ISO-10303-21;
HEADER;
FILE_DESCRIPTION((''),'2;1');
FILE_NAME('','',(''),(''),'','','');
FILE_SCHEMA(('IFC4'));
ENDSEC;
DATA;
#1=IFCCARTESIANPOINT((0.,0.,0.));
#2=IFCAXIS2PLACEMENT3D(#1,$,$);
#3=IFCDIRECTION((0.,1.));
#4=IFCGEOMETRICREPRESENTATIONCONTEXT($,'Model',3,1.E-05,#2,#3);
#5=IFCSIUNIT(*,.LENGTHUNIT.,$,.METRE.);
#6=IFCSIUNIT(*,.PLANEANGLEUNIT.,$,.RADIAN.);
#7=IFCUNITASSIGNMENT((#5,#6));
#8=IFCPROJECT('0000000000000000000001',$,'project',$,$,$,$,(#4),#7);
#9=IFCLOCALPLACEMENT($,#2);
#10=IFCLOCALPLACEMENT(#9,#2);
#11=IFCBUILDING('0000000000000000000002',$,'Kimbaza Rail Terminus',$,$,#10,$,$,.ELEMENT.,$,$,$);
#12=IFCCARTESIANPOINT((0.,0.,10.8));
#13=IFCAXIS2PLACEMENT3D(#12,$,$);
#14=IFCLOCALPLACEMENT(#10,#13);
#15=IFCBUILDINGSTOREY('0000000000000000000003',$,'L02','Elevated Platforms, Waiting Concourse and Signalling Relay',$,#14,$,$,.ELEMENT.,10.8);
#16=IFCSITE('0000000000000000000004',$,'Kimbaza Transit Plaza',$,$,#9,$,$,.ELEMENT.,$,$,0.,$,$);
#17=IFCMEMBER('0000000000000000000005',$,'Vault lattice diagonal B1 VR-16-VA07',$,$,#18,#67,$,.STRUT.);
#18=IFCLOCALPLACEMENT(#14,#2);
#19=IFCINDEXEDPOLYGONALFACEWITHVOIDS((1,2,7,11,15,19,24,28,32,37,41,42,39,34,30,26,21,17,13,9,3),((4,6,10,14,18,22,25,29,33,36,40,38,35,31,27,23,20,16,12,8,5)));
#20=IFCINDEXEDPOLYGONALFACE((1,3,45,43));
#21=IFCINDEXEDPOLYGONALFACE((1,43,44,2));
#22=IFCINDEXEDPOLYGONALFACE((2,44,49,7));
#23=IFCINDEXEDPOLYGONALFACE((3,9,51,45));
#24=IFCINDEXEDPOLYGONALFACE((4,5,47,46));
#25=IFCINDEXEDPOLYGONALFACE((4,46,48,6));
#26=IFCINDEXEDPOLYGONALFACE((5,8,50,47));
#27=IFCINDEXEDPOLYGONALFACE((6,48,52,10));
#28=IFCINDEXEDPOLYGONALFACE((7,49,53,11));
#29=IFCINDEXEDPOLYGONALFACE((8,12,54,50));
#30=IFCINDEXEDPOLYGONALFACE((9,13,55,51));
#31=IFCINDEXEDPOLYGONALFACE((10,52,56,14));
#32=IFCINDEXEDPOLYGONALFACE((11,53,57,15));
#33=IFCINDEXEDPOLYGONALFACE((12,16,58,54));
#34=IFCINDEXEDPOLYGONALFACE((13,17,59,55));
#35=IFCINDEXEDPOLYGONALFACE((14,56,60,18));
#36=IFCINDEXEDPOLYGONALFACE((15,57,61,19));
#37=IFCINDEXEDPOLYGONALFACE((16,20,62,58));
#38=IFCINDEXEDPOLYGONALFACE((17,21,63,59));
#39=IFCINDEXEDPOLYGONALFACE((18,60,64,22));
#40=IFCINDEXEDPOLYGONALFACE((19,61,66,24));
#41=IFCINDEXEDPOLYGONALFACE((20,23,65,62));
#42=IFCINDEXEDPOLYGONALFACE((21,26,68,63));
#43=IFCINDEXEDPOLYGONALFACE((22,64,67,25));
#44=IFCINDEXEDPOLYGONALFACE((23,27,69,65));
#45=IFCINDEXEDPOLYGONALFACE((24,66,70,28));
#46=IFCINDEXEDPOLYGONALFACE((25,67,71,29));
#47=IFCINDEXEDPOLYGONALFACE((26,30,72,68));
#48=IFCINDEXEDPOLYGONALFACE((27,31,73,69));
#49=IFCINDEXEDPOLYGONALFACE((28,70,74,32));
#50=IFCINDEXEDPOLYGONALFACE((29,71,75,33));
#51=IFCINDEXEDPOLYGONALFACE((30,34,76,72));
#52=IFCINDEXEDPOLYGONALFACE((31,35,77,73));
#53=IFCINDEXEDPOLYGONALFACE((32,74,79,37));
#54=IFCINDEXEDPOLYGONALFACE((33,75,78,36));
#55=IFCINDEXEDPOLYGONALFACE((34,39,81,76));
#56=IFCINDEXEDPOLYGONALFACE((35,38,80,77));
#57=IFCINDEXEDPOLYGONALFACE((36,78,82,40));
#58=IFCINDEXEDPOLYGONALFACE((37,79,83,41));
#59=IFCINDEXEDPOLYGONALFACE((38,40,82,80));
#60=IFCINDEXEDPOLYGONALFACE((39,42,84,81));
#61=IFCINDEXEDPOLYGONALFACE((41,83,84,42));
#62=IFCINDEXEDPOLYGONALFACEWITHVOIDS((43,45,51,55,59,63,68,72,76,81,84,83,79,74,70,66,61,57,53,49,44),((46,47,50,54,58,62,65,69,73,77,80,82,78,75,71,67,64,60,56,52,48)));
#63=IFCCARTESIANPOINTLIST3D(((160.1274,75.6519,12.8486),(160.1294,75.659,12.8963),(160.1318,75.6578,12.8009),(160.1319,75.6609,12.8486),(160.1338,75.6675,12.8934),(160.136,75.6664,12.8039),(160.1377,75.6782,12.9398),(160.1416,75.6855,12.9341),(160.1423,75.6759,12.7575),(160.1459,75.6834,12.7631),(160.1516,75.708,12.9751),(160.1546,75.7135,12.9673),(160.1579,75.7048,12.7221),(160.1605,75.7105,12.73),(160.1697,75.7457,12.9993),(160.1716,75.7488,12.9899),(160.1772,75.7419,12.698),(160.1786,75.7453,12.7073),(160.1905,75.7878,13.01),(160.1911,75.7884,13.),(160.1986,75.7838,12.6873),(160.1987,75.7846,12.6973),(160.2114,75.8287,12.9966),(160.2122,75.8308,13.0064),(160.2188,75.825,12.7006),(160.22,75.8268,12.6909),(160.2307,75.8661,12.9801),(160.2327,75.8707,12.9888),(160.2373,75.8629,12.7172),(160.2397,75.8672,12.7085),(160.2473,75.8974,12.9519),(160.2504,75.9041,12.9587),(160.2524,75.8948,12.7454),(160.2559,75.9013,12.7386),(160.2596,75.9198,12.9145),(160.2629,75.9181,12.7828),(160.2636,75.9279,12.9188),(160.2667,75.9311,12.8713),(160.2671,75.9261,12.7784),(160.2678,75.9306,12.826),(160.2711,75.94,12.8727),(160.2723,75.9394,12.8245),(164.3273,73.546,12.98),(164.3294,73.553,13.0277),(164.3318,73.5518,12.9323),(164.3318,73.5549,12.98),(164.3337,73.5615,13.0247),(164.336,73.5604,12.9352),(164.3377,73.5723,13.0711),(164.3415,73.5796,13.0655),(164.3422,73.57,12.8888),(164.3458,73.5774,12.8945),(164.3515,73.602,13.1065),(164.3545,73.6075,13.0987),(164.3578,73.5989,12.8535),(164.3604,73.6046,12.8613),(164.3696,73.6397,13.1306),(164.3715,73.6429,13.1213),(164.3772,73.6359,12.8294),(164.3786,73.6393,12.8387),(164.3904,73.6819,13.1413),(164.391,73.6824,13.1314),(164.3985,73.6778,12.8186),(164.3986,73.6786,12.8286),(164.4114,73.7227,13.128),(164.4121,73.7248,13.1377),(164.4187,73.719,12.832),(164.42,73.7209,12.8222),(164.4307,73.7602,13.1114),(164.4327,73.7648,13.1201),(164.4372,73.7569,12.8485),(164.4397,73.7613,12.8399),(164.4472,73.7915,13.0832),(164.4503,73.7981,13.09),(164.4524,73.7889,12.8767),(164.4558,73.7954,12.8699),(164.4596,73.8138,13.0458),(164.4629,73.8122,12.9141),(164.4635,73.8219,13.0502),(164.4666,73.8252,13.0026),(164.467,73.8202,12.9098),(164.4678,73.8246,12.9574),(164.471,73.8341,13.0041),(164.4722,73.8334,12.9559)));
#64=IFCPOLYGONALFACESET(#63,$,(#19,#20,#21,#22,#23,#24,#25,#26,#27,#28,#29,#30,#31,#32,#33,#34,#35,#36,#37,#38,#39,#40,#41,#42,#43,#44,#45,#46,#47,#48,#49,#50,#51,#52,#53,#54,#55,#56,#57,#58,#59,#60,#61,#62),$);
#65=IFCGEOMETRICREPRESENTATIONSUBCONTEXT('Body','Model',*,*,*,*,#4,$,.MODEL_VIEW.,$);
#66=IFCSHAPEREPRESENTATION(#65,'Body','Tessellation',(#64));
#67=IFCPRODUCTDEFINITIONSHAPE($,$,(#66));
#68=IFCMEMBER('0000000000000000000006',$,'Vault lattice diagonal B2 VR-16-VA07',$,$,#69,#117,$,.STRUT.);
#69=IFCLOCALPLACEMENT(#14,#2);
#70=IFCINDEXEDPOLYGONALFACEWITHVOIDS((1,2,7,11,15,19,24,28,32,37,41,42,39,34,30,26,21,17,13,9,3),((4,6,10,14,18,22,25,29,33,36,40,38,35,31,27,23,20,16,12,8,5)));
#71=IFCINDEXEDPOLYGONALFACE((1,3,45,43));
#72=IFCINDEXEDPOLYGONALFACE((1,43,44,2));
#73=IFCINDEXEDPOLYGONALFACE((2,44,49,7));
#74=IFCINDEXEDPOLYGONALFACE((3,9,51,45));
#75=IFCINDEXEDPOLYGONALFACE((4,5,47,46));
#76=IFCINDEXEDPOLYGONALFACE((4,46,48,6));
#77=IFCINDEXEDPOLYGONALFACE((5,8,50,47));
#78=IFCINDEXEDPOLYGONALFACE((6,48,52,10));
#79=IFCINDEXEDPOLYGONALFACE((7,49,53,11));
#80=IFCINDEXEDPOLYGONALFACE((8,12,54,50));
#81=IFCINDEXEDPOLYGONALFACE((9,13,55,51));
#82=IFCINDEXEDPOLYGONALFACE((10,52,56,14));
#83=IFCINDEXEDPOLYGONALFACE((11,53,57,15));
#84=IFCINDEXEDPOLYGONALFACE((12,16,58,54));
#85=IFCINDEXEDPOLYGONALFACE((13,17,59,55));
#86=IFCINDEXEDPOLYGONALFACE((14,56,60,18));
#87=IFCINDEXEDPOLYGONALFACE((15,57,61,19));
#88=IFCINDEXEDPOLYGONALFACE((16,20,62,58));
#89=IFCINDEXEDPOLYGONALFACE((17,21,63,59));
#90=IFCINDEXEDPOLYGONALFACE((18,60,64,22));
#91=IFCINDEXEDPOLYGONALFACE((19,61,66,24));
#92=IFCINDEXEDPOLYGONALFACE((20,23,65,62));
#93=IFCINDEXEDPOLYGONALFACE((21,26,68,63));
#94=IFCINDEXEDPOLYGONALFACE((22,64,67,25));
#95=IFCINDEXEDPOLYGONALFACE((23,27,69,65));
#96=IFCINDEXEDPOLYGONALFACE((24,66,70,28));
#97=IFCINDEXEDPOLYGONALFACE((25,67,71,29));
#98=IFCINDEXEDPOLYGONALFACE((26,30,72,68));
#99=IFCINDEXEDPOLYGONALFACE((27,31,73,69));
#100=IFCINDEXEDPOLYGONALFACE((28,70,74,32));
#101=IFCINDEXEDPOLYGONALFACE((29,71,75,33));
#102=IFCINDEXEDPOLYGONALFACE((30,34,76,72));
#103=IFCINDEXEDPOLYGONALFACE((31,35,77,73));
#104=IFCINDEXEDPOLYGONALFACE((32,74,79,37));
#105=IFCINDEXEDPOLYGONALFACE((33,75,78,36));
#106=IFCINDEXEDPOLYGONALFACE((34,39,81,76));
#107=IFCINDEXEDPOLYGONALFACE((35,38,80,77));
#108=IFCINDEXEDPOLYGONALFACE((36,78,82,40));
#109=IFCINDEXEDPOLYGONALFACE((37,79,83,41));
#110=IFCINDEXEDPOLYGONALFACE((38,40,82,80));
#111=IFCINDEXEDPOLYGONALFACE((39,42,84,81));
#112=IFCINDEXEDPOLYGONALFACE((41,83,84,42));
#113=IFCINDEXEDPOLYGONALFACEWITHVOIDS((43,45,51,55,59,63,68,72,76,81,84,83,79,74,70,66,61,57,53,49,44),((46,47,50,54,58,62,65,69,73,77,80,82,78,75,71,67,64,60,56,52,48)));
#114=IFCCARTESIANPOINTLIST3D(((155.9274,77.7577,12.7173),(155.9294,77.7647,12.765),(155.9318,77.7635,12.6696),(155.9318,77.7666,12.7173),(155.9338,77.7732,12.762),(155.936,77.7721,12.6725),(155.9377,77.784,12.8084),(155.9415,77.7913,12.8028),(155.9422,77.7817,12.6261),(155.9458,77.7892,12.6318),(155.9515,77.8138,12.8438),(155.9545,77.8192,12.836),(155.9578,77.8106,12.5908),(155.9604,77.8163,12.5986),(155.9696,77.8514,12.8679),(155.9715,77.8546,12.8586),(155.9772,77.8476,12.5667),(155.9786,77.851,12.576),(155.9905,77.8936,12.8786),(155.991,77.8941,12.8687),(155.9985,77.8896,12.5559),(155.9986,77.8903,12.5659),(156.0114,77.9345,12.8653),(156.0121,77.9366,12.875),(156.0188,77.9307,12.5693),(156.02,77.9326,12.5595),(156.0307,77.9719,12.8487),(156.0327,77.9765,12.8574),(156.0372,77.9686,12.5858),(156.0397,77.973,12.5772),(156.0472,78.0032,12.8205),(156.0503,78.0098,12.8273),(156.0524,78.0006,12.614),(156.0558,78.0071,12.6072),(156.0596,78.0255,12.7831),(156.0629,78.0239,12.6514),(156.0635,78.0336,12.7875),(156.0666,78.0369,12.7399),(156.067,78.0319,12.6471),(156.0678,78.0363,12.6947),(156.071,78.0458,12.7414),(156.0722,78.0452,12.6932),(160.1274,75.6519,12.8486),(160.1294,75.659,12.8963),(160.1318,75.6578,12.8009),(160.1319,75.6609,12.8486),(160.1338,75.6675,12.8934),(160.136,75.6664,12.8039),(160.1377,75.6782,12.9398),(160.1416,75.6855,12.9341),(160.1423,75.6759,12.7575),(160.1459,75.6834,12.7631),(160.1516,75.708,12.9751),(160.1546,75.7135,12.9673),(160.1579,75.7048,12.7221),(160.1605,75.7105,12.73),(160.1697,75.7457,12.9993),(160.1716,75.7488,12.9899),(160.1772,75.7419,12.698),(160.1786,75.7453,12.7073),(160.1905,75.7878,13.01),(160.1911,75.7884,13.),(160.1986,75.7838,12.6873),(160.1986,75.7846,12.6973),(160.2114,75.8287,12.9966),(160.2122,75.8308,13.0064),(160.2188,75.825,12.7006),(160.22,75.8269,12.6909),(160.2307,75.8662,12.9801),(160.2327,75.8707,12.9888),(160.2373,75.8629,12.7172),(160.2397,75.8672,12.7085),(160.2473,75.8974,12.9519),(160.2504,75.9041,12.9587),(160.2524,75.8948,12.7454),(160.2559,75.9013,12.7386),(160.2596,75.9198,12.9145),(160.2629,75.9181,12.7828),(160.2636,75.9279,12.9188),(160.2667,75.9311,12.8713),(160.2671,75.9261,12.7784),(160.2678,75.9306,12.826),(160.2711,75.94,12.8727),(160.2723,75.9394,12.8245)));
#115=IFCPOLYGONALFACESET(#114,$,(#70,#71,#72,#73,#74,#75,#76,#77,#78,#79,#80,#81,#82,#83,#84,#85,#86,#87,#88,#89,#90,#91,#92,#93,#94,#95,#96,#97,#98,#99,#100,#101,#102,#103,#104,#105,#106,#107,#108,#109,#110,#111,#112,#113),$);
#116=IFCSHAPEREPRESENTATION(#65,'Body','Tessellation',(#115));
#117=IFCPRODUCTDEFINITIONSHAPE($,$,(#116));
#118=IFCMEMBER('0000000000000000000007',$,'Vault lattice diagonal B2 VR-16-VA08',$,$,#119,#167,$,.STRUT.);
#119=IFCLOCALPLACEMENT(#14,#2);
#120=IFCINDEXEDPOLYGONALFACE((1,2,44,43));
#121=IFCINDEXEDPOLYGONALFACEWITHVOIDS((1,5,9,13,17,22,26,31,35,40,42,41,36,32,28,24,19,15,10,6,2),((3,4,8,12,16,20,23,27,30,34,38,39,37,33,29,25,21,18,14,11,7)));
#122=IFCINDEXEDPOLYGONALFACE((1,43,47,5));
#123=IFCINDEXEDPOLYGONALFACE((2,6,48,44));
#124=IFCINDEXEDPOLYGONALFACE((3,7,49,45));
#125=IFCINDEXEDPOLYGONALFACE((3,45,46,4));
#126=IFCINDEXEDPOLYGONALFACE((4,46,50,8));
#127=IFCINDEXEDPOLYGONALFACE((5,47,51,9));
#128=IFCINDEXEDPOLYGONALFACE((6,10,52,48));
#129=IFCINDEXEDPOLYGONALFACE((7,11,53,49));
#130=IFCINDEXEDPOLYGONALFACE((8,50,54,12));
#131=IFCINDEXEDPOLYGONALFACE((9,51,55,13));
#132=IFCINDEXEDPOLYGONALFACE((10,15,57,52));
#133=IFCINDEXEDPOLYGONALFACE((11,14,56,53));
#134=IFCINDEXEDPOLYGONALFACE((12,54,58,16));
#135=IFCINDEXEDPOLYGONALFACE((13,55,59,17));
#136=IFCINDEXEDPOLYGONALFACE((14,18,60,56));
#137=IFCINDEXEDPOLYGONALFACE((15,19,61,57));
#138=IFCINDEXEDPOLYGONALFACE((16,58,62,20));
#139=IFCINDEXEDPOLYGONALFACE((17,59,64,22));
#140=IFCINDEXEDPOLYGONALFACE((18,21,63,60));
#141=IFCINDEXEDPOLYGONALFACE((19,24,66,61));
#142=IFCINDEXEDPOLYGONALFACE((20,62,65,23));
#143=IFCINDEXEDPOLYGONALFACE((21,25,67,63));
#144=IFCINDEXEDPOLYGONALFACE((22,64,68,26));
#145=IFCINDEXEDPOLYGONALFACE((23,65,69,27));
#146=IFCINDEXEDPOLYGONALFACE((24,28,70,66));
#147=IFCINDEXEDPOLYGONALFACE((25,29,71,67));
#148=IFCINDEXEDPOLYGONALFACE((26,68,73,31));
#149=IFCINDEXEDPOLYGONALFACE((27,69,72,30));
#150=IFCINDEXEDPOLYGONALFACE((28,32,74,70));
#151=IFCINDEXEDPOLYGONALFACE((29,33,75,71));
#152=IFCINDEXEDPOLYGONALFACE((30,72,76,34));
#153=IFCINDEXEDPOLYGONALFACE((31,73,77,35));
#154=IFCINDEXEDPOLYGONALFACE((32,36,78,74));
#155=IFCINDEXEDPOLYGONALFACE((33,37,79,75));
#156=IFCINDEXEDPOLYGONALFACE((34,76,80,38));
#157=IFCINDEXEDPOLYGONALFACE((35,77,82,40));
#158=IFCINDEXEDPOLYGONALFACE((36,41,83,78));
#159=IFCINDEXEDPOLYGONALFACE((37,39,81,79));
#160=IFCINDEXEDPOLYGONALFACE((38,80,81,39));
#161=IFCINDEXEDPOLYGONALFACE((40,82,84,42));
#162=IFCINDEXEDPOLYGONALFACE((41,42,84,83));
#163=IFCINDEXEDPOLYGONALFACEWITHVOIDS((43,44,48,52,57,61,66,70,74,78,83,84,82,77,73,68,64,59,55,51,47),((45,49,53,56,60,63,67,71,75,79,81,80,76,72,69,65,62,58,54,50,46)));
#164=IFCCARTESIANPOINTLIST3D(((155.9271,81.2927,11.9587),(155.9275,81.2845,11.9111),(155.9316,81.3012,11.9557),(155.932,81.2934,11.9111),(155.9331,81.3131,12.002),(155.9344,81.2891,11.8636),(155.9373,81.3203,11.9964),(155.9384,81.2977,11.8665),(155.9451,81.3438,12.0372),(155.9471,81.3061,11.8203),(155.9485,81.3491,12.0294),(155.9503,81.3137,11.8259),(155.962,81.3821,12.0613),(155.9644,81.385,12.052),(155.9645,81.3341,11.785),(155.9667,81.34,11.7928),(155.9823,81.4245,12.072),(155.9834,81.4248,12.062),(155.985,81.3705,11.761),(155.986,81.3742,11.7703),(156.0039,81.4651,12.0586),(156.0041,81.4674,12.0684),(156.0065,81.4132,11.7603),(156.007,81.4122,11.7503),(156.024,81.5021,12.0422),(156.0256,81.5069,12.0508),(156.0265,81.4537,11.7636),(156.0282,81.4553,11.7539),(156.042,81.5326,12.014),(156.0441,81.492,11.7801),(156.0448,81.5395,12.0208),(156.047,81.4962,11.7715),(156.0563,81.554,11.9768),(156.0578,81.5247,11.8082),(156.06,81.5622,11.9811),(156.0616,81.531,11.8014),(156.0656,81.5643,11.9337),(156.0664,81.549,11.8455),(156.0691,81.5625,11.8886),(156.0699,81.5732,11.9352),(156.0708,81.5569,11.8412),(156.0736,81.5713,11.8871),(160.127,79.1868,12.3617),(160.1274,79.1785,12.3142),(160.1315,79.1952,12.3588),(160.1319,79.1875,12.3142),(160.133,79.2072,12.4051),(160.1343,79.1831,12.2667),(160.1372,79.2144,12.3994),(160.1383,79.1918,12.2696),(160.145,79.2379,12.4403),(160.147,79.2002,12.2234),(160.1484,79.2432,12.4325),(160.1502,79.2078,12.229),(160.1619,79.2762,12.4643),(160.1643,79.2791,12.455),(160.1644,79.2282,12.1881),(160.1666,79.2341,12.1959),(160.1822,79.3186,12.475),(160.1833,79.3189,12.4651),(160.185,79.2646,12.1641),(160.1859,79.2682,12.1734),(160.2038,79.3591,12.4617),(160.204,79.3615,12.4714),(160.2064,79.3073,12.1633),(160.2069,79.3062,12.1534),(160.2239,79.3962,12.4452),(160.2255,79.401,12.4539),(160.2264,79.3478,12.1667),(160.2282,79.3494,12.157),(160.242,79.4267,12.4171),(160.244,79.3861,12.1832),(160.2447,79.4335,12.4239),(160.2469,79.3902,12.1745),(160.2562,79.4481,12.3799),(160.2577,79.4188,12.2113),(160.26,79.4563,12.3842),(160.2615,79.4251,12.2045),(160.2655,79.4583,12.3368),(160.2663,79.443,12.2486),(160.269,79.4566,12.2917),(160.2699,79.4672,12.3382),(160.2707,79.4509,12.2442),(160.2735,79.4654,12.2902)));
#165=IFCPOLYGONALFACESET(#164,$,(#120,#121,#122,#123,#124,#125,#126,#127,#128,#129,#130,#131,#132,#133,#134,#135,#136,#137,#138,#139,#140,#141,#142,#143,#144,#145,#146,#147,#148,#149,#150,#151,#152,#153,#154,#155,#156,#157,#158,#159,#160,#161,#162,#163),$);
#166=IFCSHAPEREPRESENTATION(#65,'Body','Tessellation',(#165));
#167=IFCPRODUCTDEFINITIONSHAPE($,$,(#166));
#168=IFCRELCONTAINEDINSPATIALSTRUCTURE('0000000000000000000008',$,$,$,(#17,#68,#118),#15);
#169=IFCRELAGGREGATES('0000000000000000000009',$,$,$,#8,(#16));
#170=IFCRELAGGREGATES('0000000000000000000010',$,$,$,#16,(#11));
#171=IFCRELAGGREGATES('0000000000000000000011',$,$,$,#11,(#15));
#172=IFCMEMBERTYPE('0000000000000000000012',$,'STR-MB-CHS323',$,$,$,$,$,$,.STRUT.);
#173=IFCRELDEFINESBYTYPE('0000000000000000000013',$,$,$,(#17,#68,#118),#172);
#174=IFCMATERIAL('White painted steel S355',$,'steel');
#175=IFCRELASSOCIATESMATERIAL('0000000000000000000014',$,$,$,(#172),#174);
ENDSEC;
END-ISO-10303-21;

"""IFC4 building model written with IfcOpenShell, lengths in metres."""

from ifc_helpers import new_model, si_unit, direction, frame, origin, origin_2d, place, context, subcontext, project, spatial, hollow_circle, extrude, material, material_profile, profile_set, type_object, element, save


model = new_model("IFC4")

# Units and contexts
model_context = context("Model", 3, precision=1e-05, world=origin(), true_north=direction((0.0, 1.0)))
body_context = subcontext(model_context, "Body", "Model", "MODEL_VIEW")
ifc_project = project(units=[si_unit("LENGTHUNIT", "METRE"), si_unit("PLANEANGLEUNIT", "RADIAN")], contexts=[model_context])

# Site, building, storey
site_placement = place(None, origin())
site = spatial("IfcSite", under=ifc_project, at=site_placement, Name="Kimbaza Transit Plaza", CompositionType="ELEMENT", RefElevation=0.0)
building_placement = place(site_placement, origin())
building = spatial("IfcBuilding", under=site, at=building_placement, Name="Kimbaza Rail Terminus", CompositionType="ELEMENT")
storey_placement = place(building_placement, frame((0.0, 0.0, 10.8)))
storey = spatial("IfcBuildingStorey", under=building, at=storey_placement, Name="L02", Description="Elevated Platforms, Waiting Concourse and Signalling Relay", CompositionType="ELEMENT", Elevation=10.8)

# Members
ifc_material_1 = material(Name="White painted steel S355", Category="steel")
ifc_material_profile_1 = material_profile(ifc_material_1, hollow_circle(Radius=0.1619, WallThickness=0.01, at=origin_2d()), Name="CHS 323.9x10")
ifc_profile_set_1 = profile_set([ifc_material_profile_1], Name="White painted steel S355")
member_type_1 = type_object("IfcMemberType", Name="STR-MB-CHS323", PredefinedType="STRUT", material=ifc_profile_set_1)
for number, where, z_axis, x_axis, name in (
    (1, (164.3999, 73.6907, 12.98), (-0.893568, 0.448057, -0.027945), (-0.448232, -0.893917, 0.0), "Vault lattice diagonal B1 VR-16-VA07"),
    (2, (160.2, 75.7966, 12.8486), (-0.893589, 0.448015, -0.027946), (-0.44819, -0.893938, 0.0), "Vault lattice diagonal B2 VR-16-VA07"),
):
    element("IfcMember", number, at=place(storey_placement, frame(where, z_axis=z_axis, x_axis=x_axis)), inside=storey, type_object=member_type_1, Name=name, PredefinedType="STRUT", context=body_context, shape_type="SweptSolid", body=[
        extrude(hollow_circle(Radius=0.1619, WallThickness=0.01, at=origin_2d()), origin(), (0.0, 0.0, 1.0), 4.7002),
    ])
member_1_placement = place(storey_placement, frame((160.2, 79.3232, 12.3142), z_axis=(-0.890646, 0.446591, -0.085477), x_axis=(-0.448232, -0.893917, 0.0)))
element("IfcMember", 3, at=member_1_placement, inside=storey, type_object=member_type_1, Name="Vault lattice diagonal B2 VR-16-VA08", PredefinedType="STRUT", context=body_context, shape_type="SweptSolid", body=[
    extrude(hollow_circle(Radius=0.1619, WallThickness=0.01, at=origin_2d()), origin(), (0.0, 0.0, 1.0), 4.7156),
])

save(model, "model.ifc")
